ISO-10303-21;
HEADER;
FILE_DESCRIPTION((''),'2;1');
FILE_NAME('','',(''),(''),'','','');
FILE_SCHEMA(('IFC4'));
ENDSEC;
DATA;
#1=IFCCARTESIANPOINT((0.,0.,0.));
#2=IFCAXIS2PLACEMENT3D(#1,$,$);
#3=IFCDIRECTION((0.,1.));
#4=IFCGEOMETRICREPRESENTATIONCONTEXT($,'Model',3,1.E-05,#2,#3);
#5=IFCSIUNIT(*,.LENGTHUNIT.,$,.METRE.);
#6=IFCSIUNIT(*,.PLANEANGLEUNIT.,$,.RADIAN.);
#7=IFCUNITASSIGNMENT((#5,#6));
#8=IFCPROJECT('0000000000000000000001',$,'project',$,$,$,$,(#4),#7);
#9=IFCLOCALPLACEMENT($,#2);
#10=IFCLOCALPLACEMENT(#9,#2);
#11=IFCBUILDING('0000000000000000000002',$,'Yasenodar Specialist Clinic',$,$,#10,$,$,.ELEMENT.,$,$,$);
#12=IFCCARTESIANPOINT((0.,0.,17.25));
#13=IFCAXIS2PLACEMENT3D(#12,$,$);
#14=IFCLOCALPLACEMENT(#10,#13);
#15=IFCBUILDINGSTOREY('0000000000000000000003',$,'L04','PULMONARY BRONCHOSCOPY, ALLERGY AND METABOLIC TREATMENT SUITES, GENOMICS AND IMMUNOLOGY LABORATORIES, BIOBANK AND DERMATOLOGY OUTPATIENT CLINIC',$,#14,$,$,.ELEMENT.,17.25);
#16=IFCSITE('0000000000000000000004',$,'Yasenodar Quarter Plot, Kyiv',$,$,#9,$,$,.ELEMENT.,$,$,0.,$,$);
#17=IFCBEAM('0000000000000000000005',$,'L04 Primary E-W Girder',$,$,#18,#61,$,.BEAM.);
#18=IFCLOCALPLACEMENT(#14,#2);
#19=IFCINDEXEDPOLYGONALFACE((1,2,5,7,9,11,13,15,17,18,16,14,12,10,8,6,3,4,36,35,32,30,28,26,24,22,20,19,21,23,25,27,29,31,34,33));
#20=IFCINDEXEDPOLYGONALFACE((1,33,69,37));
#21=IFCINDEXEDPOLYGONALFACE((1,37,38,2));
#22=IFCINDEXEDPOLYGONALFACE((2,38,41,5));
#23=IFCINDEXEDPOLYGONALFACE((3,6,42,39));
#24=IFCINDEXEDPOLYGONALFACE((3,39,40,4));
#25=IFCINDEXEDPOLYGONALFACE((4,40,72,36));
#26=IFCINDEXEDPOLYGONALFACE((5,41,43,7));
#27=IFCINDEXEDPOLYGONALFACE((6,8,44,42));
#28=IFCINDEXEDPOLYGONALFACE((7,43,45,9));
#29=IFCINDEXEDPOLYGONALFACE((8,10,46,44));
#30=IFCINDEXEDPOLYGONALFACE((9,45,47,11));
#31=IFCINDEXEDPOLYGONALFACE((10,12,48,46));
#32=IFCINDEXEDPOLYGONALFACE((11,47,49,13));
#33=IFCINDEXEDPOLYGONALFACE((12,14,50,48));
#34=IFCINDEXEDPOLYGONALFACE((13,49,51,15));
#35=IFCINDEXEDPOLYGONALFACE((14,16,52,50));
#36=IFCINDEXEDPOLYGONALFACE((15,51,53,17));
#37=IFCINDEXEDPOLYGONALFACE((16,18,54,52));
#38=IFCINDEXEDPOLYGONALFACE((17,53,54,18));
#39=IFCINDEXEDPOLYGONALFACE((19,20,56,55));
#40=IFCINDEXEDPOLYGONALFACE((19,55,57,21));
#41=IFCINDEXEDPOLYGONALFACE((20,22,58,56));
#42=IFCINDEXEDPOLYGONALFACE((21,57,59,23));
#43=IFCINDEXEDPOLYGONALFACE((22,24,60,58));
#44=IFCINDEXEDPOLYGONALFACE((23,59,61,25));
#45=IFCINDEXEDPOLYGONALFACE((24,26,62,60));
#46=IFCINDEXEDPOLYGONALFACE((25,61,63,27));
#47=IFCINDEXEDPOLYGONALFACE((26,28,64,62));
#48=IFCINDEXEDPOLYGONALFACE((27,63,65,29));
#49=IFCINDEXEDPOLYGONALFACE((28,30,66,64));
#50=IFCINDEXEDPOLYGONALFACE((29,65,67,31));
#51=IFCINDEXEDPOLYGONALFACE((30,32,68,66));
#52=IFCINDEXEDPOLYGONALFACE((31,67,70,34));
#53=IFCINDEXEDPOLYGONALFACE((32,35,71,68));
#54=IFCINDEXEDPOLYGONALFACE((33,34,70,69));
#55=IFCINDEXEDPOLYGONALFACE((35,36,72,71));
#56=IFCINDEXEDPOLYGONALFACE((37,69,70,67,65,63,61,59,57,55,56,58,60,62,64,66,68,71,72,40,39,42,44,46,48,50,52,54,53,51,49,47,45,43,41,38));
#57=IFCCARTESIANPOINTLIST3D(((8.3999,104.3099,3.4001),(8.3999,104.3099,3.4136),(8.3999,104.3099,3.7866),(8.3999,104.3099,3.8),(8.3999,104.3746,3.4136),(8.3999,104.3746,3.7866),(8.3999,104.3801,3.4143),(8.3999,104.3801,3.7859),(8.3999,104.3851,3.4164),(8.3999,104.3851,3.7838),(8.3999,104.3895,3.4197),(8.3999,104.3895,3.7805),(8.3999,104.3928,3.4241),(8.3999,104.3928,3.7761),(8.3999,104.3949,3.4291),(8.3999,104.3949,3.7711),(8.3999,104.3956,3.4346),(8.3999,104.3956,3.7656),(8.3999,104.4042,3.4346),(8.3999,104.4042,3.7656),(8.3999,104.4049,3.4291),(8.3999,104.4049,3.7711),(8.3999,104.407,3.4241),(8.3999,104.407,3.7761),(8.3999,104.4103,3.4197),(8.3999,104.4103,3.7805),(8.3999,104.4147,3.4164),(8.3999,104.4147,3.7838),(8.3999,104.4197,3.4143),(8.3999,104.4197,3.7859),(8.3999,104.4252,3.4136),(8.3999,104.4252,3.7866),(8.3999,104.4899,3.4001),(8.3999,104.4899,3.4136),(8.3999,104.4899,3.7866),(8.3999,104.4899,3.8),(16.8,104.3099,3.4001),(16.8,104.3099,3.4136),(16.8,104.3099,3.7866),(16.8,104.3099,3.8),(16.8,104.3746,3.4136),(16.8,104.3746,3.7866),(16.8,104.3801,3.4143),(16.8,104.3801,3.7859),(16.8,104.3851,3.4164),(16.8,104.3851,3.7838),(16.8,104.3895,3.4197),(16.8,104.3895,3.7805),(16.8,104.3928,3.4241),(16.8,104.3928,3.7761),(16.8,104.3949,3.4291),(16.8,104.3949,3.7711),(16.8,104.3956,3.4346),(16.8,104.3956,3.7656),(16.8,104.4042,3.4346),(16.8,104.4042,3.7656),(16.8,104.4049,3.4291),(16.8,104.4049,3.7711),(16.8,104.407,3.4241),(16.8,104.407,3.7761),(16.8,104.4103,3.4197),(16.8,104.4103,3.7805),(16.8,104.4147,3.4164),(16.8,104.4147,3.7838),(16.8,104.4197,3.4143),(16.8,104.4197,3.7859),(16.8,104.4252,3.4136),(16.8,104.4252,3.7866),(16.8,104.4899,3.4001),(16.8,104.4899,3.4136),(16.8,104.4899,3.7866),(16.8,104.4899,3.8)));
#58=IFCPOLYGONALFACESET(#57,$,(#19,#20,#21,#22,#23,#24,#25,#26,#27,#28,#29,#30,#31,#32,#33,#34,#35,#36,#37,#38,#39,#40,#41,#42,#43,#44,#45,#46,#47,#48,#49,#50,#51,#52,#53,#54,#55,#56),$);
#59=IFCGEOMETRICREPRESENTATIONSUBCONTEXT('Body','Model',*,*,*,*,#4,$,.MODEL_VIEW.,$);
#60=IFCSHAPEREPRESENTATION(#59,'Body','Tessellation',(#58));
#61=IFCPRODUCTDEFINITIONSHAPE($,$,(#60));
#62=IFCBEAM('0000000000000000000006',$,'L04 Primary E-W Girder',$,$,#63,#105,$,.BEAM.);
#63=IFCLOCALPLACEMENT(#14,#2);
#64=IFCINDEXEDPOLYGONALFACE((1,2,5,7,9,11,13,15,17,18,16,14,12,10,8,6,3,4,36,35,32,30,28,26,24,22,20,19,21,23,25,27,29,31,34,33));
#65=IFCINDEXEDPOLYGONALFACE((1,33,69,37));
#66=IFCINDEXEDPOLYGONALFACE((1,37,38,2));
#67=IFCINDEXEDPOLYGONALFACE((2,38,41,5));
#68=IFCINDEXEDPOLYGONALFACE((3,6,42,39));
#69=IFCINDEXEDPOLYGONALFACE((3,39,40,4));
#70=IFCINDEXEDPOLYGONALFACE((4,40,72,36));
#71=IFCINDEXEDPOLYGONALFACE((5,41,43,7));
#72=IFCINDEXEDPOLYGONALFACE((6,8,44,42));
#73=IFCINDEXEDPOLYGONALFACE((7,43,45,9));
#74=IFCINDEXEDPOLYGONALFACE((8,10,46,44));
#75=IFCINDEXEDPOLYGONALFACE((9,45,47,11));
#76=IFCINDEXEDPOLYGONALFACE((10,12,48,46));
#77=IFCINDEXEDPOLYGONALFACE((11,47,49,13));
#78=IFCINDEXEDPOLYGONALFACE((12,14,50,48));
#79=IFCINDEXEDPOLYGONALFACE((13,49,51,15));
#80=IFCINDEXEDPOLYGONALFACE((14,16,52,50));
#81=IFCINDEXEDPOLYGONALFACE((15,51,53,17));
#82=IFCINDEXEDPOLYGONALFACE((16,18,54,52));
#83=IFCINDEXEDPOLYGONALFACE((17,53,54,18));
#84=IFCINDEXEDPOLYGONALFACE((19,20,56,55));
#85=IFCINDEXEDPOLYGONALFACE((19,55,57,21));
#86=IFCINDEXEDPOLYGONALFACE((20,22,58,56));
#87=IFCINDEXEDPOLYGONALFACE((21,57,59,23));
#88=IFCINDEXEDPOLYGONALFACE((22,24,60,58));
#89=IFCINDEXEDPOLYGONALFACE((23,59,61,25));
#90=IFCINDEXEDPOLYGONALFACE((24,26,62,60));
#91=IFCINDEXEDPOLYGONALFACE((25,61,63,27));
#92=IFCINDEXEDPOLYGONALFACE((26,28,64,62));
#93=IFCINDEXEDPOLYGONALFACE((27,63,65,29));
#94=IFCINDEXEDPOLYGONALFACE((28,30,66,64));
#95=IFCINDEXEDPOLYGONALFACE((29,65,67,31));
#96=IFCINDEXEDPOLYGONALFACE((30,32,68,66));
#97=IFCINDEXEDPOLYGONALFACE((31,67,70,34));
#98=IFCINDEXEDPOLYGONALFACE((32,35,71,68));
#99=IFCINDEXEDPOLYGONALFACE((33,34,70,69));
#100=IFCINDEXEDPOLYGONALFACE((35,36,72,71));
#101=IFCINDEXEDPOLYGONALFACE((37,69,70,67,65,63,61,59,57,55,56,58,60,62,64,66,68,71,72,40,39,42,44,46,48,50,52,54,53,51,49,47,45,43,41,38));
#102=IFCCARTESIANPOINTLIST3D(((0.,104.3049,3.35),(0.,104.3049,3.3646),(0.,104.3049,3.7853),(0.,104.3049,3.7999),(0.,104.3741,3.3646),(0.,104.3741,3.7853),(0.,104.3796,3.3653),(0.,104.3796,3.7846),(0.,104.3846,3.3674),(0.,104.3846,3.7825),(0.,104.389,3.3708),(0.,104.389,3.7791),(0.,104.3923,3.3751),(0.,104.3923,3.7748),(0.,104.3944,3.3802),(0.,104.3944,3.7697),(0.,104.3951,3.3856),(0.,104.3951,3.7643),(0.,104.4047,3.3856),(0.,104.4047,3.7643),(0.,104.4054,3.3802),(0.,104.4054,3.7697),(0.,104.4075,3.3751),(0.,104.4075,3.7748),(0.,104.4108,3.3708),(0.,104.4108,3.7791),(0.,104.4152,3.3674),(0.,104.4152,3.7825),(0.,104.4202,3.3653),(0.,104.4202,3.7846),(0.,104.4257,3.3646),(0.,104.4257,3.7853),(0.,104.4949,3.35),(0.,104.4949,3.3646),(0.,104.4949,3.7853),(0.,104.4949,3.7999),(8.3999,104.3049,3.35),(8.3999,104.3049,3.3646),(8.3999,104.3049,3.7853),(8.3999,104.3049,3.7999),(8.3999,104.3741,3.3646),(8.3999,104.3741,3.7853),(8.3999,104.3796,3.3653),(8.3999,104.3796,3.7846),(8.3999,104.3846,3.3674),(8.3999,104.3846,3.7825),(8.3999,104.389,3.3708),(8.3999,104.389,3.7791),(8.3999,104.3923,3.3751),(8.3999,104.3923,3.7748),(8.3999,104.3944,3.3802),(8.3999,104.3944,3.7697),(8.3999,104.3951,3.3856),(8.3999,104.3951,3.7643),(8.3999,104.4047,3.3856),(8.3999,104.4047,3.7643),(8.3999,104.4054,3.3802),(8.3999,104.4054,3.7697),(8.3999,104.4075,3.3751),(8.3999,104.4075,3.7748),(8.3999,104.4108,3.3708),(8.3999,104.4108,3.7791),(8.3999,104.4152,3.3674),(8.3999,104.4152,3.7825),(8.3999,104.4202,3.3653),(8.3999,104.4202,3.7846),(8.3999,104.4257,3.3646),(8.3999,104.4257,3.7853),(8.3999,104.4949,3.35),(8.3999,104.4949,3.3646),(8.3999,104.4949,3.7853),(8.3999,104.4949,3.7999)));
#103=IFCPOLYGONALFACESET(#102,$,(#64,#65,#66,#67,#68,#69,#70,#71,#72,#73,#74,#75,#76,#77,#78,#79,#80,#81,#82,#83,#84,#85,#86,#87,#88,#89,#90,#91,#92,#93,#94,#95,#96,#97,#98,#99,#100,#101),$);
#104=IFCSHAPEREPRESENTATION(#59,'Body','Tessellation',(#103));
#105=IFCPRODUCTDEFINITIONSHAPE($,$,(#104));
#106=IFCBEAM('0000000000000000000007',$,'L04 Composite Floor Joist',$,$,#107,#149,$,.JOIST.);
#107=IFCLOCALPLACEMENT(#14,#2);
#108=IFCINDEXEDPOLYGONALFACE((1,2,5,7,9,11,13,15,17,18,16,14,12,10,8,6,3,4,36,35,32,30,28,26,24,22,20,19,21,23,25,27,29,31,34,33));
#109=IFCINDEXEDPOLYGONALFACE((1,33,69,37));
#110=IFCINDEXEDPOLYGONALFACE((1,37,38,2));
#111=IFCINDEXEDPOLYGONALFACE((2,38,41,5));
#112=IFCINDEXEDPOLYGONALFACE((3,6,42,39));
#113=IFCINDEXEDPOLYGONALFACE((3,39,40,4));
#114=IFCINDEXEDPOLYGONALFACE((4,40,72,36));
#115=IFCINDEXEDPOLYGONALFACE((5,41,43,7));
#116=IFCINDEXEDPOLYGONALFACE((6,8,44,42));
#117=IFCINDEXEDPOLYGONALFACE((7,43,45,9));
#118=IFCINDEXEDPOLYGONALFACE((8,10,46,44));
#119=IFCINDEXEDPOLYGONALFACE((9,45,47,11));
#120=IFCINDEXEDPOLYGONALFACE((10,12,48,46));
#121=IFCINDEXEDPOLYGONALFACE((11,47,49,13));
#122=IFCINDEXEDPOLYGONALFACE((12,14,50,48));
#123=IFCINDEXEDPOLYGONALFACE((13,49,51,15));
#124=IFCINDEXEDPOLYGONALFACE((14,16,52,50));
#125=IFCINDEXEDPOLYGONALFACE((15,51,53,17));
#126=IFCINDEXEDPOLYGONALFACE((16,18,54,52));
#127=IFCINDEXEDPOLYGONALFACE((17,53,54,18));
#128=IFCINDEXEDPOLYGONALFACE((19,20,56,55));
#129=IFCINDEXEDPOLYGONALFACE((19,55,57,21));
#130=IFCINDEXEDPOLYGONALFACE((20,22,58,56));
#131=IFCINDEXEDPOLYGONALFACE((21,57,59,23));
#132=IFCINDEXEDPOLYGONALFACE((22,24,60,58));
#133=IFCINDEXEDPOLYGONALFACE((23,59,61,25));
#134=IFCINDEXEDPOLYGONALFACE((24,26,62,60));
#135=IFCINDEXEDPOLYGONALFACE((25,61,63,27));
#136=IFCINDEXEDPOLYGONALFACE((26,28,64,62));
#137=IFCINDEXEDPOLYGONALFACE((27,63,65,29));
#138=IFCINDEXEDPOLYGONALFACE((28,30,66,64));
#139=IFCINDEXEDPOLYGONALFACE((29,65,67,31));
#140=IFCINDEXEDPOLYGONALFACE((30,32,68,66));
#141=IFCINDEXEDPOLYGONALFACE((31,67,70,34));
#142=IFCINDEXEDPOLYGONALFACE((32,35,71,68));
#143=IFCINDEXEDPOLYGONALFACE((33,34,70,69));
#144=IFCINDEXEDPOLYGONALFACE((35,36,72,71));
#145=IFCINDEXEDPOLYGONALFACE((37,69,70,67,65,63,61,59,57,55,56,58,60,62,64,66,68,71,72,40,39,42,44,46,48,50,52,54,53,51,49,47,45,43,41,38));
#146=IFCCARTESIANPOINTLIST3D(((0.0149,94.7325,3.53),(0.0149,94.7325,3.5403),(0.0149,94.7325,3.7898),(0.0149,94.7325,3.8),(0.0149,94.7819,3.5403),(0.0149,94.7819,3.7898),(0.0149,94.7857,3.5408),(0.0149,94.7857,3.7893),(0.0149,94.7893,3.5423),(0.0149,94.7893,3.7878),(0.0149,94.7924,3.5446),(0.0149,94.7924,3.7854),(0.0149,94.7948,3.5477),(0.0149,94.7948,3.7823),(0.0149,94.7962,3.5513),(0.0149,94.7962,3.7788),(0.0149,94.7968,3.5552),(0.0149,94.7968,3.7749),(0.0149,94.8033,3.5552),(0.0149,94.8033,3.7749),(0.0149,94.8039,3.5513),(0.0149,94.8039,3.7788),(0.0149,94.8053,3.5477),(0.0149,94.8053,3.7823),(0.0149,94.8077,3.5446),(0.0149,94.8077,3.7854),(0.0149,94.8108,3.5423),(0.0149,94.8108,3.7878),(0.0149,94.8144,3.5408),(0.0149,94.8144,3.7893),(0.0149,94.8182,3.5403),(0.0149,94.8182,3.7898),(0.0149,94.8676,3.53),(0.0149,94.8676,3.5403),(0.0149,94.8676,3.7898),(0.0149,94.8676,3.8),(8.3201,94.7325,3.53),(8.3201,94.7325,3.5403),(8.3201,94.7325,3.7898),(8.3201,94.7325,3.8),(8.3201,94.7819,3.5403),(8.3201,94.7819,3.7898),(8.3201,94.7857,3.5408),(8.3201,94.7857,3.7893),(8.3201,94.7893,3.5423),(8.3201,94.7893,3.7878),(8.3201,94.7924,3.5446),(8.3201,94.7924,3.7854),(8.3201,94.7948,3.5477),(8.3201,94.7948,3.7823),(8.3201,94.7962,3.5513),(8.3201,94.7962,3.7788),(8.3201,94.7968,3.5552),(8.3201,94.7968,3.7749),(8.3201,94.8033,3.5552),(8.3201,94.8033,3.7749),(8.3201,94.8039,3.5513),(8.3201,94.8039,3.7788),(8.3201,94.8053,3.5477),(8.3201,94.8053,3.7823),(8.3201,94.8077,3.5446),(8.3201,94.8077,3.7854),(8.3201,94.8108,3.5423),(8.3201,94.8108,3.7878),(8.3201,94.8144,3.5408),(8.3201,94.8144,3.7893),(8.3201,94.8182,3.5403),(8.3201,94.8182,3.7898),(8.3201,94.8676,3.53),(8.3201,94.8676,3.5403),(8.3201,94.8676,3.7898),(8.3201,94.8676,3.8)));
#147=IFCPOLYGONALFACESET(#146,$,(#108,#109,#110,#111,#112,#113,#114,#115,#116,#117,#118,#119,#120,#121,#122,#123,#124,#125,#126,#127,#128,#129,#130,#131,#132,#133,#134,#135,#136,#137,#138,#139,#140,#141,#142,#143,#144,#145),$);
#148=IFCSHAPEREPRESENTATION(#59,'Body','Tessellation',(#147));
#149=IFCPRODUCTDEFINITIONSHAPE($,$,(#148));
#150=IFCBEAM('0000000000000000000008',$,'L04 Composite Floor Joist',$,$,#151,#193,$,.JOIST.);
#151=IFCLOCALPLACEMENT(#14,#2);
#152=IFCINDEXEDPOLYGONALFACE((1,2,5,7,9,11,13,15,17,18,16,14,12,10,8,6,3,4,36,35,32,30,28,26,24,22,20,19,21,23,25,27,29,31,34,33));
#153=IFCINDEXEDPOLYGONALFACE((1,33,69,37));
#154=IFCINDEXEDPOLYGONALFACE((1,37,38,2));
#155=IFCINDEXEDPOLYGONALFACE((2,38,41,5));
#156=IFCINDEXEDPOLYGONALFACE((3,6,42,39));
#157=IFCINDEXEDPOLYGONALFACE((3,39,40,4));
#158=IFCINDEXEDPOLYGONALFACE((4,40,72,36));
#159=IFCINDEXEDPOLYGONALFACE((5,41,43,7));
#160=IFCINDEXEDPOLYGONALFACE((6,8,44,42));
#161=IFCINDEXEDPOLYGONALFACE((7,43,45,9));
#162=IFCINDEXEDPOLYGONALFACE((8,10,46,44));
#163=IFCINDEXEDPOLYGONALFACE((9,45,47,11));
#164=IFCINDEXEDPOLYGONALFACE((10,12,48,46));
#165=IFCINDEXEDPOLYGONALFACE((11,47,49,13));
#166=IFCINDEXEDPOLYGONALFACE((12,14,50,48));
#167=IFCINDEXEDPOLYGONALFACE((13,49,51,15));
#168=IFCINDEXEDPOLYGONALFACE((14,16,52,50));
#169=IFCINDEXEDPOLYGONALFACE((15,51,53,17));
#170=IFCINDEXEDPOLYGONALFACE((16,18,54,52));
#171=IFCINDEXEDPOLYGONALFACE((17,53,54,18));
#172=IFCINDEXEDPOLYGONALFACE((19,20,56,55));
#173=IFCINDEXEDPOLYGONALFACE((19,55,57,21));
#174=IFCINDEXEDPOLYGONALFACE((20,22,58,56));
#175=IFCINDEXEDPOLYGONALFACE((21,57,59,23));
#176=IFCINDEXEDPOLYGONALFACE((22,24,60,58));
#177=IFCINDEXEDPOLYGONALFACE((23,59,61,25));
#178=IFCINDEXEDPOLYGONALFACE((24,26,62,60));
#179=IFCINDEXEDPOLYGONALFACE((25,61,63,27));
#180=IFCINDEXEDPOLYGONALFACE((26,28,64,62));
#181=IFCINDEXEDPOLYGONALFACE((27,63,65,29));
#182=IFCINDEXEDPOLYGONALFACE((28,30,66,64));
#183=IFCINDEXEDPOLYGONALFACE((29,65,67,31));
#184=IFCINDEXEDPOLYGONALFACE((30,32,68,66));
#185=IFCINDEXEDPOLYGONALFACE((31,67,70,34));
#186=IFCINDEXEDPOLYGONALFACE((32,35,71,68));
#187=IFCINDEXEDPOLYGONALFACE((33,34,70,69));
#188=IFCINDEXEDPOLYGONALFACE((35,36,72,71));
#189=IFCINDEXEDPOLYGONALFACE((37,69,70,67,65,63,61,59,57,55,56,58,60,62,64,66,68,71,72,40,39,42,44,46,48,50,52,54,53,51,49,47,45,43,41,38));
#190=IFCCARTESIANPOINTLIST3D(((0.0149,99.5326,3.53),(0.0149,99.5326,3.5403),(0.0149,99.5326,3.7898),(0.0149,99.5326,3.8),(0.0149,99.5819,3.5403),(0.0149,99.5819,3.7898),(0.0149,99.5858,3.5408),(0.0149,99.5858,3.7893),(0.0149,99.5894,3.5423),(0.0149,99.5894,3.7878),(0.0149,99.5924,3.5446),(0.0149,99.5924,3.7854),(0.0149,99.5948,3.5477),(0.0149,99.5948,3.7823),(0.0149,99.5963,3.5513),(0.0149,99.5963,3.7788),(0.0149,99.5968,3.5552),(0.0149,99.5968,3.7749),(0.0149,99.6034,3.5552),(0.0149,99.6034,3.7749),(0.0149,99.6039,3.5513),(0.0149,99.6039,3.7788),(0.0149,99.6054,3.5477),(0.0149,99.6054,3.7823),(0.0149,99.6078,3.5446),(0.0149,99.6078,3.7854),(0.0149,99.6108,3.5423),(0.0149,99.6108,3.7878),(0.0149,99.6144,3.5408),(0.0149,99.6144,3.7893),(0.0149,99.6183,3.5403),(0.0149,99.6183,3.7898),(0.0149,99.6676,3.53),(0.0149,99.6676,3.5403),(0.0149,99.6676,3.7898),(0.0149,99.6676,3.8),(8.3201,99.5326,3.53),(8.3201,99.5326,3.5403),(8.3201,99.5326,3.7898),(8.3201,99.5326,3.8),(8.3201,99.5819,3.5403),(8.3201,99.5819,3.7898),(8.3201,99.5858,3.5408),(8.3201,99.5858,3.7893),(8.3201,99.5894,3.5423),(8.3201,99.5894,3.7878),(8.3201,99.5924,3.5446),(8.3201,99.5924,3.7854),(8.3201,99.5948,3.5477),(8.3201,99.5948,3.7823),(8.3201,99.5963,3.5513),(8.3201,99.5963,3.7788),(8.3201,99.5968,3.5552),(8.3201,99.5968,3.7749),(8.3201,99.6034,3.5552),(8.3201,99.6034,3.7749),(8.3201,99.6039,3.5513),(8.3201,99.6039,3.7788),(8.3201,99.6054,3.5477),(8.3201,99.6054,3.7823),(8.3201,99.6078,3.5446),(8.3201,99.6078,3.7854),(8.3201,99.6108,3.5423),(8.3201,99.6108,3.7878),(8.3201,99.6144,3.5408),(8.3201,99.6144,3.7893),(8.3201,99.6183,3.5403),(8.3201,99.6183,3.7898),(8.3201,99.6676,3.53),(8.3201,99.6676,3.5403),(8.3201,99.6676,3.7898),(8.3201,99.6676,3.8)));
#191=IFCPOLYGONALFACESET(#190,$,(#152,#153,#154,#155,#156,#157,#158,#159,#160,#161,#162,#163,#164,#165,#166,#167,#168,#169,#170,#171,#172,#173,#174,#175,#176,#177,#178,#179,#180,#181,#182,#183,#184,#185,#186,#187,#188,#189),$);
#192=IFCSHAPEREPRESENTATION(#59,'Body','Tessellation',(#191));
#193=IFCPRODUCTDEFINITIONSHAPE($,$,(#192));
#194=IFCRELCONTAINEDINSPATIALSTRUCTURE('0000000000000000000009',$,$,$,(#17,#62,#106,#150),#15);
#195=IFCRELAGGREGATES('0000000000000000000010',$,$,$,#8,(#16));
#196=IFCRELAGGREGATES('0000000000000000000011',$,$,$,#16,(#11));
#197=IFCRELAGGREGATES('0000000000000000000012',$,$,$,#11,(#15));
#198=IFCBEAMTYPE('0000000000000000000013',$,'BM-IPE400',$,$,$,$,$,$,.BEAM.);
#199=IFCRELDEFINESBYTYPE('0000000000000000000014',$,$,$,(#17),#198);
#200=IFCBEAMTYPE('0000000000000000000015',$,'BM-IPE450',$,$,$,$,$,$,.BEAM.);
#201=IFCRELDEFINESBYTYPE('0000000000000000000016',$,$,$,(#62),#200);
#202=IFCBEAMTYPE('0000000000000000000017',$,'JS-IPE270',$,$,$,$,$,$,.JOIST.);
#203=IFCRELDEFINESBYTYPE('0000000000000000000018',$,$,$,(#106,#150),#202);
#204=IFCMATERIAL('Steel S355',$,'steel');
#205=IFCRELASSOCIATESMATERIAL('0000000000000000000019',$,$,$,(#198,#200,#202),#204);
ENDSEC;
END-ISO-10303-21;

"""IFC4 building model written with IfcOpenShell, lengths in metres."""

from ifc_helpers import new_model, si_unit, direction, frame, origin, origin_2d, place, context, subcontext, project, spatial, i_section, extrude, material, material_profile, profile_set, type_object, element, save


model = new_model("IFC4")

# Units and contexts
model_context = context("Model", 3, precision=1e-05, world=origin(), true_north=direction((0.0, 1.0)))
body_context = subcontext(model_context, "Body", "Model", "MODEL_VIEW")
ifc_project = project(units=[si_unit("LENGTHUNIT", "METRE"), si_unit("PLANEANGLEUNIT", "RADIAN")], contexts=[model_context])

# Site, building, storey
site_placement = place(None, origin())
site = spatial("IfcSite", under=ifc_project, at=site_placement, Name="Yasenodar Quarter Plot, Kyiv", CompositionType="ELEMENT", RefElevation=0.0)
building_placement = place(site_placement, origin())
building = spatial("IfcBuilding", under=site, at=building_placement, Name="Yasenodar Specialist Clinic", CompositionType="ELEMENT")
storey_placement = place(building_placement, frame((0.0, 0.0, 17.25)))
storey = spatial("IfcBuildingStorey", under=building, at=storey_placement, Name="L04", Description="PULMONARY BRONCHOSCOPY, ALLERGY AND METABOLIC TREATMENT SUITES, GENOMICS AND IMMUNOLOGY LABORATORIES, BIOBANK AND DERMATOLOGY OUTPATIENT CLINIC", CompositionType="ELEMENT", Elevation=17.25)

# Shared definitions
ifc_material_1 = material(Name="Steel S355", Category="steel")

# Beams
ifc_material_profile_1 = material_profile(ifc_material_1, i_section(OverallWidth=0.1799, OverallDepth=0.3999, WebThickness=0.0085, FlangeThickness=0.0134, FilletRadius=0.021, at=origin_2d()), Name="IPE 400")
ifc_profile_set_1 = profile_set([ifc_material_profile_1], Name="Steel S355")
beam_type_1 = type_object("IfcBeamType", Name="BM-IPE400", PredefinedType="BEAM", material=ifc_profile_set_1)
beam_1_placement = place(storey_placement, frame((8.3999, 104.3999, 3.6001), z_axis=(1.0, 0.0, 0.0), x_axis=(0.0, 1.0, 0.0)))
element("IfcBeam", 1, at=beam_1_placement, inside=storey, type_object=beam_type_1, Name="L04 Primary E-W Girder", PredefinedType="BEAM", context=body_context, shape_type="SweptSolid", body=[
    extrude(i_section(OverallWidth=0.1799, OverallDepth=0.3999, WebThickness=0.0085, FlangeThickness=0.0134, FilletRadius=0.021, at=origin_2d()), origin(), (0.0, 0.0, 1.0), 8.4001),
])
ifc_material_profile_2 = material_profile(ifc_material_1, i_section(OverallWidth=0.1899, OverallDepth=0.45, WebThickness=0.0095, FlangeThickness=0.0146, FilletRadius=0.021, at=origin_2d()), Name="IPE 450")
ifc_profile_set_2 = profile_set([ifc_material_profile_2], Name="Steel S355")
beam_type_2 = type_object("IfcBeamType", Name="BM-IPE450", PredefinedType="BEAM", material=ifc_profile_set_2)
beam_2_placement = place(storey_placement, frame((0.0, 104.3999, 3.575), z_axis=(1.0, 0.0, 0.0), x_axis=(0.0, 1.0, 0.0)))
element("IfcBeam", 2, at=beam_2_placement, inside=storey, type_object=beam_type_2, Name="L04 Primary E-W Girder", PredefinedType="BEAM", context=body_context, shape_type="SweptSolid", body=[
    extrude(i_section(OverallWidth=0.1899, OverallDepth=0.45, WebThickness=0.0095, FlangeThickness=0.0146, FilletRadius=0.021, at=origin_2d()), origin(), (0.0, 0.0, 1.0), 8.3999),
])
ifc_material_profile_3 = material_profile(ifc_material_1, i_section(OverallWidth=0.135, OverallDepth=0.27, WebThickness=0.0066, FlangeThickness=0.0103, FilletRadius=0.0149, at=origin_2d()), Name="IPE 270")
ifc_profile_set_3 = profile_set([ifc_material_profile_3], Name="Steel S355")
beam_type_3 = type_object("IfcBeamType", Name="JS-IPE270", PredefinedType="JOIST", material=ifc_profile_set_3)
for number, where, z_axis, x_axis, name in (
    (3, (0.0149, 94.8, 3.665), (1.0, 0.0, 0.0), (0.0, 1.0, 0.0), "L04 Composite Floor Joist"),
    (4, (0.0149, 99.6001, 3.665), (1.0, 0.0, 0.0), (0.0, 1.0, 0.0), "L04 Composite Floor Joist"),
):
    element("IfcBeam", number, at=place(storey_placement, frame(where, z_axis=z_axis, x_axis=x_axis)), inside=storey, type_object=beam_type_3, Name=name, PredefinedType="JOIST", context=body_context, shape_type="SweptSolid", body=[
        extrude(i_section(OverallWidth=0.135, OverallDepth=0.27, WebThickness=0.0066, FlangeThickness=0.0103, FilletRadius=0.0149, at=origin_2d()), origin(), (0.0, 0.0, 1.0), 8.3052),
    ])

save(model, "model.ifc")
